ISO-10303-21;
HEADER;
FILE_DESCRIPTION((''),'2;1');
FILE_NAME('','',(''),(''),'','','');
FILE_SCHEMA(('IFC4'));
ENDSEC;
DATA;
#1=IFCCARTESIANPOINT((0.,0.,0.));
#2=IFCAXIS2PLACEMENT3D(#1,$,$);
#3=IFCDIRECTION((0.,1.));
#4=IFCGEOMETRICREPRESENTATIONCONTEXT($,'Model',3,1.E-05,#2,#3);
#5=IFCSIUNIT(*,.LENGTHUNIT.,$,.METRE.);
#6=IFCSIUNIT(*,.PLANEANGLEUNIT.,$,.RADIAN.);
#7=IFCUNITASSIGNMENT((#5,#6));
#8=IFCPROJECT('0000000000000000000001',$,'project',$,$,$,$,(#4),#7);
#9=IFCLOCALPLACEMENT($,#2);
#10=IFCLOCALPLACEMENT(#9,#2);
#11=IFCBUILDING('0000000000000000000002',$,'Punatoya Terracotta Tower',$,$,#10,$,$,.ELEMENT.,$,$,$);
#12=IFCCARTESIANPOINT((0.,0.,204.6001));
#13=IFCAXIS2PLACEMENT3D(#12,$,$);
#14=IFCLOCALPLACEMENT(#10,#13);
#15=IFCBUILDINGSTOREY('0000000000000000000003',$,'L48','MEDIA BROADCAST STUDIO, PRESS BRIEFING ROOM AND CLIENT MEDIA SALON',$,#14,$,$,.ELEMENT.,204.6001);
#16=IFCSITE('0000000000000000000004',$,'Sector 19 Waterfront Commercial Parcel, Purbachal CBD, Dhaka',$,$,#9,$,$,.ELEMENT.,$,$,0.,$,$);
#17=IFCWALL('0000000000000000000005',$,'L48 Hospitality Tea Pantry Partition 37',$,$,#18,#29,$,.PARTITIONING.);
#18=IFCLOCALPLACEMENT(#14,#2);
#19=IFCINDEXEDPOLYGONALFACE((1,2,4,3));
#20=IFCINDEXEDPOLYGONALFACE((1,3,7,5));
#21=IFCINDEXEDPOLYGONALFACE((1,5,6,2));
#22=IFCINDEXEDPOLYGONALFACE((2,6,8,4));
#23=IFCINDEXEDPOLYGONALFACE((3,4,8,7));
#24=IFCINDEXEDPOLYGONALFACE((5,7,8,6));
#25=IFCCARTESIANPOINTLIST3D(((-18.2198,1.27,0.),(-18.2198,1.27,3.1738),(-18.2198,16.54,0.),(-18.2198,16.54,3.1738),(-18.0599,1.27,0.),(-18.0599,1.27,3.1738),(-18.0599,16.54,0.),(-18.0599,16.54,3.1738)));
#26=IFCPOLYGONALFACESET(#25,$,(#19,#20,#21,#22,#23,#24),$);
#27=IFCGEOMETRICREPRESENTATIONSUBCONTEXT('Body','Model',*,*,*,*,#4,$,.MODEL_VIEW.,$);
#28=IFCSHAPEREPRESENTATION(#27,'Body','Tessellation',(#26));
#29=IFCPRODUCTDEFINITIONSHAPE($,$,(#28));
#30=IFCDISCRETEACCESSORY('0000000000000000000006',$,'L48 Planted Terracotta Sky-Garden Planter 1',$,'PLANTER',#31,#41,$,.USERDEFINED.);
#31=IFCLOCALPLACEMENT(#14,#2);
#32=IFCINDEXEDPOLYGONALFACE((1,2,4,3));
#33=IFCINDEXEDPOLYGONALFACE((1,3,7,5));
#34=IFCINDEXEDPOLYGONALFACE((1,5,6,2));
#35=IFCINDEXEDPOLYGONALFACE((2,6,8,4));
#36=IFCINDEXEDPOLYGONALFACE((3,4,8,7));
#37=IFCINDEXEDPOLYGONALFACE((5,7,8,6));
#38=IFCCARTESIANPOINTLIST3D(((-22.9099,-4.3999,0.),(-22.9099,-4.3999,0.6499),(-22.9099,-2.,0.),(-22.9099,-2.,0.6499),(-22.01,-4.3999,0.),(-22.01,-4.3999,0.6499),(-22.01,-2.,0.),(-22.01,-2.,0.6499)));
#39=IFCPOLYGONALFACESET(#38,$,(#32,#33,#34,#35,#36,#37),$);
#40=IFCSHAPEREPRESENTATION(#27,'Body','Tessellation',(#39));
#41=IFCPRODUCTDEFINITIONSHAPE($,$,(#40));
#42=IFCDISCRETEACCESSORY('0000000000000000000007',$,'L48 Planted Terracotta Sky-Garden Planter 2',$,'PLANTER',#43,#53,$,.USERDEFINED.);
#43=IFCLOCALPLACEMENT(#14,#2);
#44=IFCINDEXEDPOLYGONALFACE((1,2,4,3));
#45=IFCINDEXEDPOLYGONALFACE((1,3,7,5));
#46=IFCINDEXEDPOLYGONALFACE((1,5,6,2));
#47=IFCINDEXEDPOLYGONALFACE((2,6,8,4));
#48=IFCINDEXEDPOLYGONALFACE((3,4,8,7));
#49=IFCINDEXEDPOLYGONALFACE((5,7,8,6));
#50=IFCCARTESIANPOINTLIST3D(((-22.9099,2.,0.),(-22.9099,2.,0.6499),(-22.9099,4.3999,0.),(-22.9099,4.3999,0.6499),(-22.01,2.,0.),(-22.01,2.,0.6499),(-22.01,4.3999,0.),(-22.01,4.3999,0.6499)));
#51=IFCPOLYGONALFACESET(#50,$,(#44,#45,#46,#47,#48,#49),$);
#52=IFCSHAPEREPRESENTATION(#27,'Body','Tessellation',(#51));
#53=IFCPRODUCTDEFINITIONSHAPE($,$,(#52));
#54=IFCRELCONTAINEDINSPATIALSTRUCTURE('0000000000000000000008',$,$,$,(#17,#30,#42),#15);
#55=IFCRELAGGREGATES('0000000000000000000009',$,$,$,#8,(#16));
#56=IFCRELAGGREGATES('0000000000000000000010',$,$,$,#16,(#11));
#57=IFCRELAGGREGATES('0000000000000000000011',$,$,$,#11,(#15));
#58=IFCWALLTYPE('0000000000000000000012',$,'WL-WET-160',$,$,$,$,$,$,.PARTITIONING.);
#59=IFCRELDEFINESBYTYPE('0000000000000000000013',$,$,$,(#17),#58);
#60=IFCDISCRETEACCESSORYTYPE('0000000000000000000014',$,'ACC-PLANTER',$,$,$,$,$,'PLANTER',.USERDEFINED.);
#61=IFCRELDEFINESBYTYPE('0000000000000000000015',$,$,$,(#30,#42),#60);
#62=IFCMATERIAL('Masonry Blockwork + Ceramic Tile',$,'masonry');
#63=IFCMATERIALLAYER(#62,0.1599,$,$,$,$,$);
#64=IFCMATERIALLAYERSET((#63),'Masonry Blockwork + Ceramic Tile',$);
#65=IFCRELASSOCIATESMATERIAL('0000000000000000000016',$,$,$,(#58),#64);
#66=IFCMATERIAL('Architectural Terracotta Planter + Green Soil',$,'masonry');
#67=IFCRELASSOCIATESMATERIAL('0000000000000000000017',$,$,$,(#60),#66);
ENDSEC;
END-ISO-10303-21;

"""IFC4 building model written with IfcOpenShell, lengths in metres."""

from ifc_helpers import new_model, si_unit, direction, frame, frame_2d, origin, origin_2d, place, context, subcontext, project, spatial, rectangle, extrude, material, layer, layer_set, type_object, element, save


model = new_model("IFC4")

# Units and contexts
model_context = context("Model", 3, precision=1e-05, world=origin(), true_north=direction((0.0, 1.0)))
body_context = subcontext(model_context, "Body", "Model", "MODEL_VIEW")
ifc_project = project(units=[si_unit("LENGTHUNIT", "METRE"), si_unit("PLANEANGLEUNIT", "RADIAN")], contexts=[model_context])

# Site, building, storey
site_placement = place(None, origin())
site = spatial("IfcSite", under=ifc_project, at=site_placement, Name="Sector 19 Waterfront Commercial Parcel, Purbachal CBD, Dhaka", CompositionType="ELEMENT", RefElevation=0.0)
building_placement = place(site_placement, origin())
building = spatial("IfcBuilding", under=site, at=building_placement, Name="Punatoya Terracotta Tower", CompositionType="ELEMENT")
storey_placement = place(building_placement, frame((0.0, 0.0, 204.6001)))
storey = spatial("IfcBuildingStorey", under=building, at=storey_placement, Name="L48", Description="MEDIA BROADCAST STUDIO, PRESS BRIEFING ROOM AND CLIENT MEDIA SALON", CompositionType="ELEMENT", Elevation=204.6001)

# Wall
ifc_material_1 = material(Name="Masonry Blockwork + Ceramic Tile", Category="masonry")
ifc_layer_1 = layer(ifc_material_1, 0.1599)
ifc_layer_set_1 = layer_set([ifc_layer_1], Name="Masonry Blockwork + Ceramic Tile")
wall_type_1 = type_object("IfcWallType", Name="WL-WET-160", PredefinedType="PARTITIONING", material=ifc_layer_set_1)
wall_1_placement = place(storey_placement, frame((-18.1399, 1.27, 0.0), z_axis=(0.0, 0.0, 1.0), x_axis=(0.0, 1.0, 0.0)))
element("IfcWall", 1, at=wall_1_placement, inside=storey, type_object=wall_type_1, Name="L48 Hospitality Tea Pantry Partition 37", PredefinedType="PARTITIONING", context=body_context, shape_type="SweptSolid", body=[
    extrude(rectangle(XDim=15.27, YDim=0.1599, at=frame_2d((7.635, 0.0))), origin(), (0.0, 0.0, 1.0), 3.1738),
])

# Discrete accessories
ifc_material_2 = material(Name="Architectural Terracotta Planter + Green Soil", Category="masonry")
discrete_accessory_type = type_object("IfcDiscreteAccessoryType", Name="ACC-PLANTER", ElementType="PLANTER", PredefinedType="USERDEFINED", material=ifc_material_2)
for number, where, z_axis, x_axis, name in (
    (2, (-22.46, -3.2, 0.0), (0.0, 0.0, 1.0), (0.0, 1.0, 0.0), "L48 Planted Terracotta Sky-Garden Planter 1"),
    (3, (-22.46, 3.2, 0.0), (0.0, 0.0, 1.0), (0.0, 1.0, 0.0), "L48 Planted Terracotta Sky-Garden Planter 2"),
):
    element("IfcDiscreteAccessory", number, at=place(storey_placement, frame(where, z_axis=z_axis, x_axis=x_axis)), inside=storey, type_object=discrete_accessory_type, Name=name, ObjectType="PLANTER", PredefinedType="USERDEFINED", context=body_context, shape_type="SweptSolid", body=[
        extrude(rectangle(XDim=2.3999, YDim=0.8999, at=origin_2d()), origin(), (0.0, 0.0, 1.0), 0.6499),
    ])

save(model, "model.ifc")
